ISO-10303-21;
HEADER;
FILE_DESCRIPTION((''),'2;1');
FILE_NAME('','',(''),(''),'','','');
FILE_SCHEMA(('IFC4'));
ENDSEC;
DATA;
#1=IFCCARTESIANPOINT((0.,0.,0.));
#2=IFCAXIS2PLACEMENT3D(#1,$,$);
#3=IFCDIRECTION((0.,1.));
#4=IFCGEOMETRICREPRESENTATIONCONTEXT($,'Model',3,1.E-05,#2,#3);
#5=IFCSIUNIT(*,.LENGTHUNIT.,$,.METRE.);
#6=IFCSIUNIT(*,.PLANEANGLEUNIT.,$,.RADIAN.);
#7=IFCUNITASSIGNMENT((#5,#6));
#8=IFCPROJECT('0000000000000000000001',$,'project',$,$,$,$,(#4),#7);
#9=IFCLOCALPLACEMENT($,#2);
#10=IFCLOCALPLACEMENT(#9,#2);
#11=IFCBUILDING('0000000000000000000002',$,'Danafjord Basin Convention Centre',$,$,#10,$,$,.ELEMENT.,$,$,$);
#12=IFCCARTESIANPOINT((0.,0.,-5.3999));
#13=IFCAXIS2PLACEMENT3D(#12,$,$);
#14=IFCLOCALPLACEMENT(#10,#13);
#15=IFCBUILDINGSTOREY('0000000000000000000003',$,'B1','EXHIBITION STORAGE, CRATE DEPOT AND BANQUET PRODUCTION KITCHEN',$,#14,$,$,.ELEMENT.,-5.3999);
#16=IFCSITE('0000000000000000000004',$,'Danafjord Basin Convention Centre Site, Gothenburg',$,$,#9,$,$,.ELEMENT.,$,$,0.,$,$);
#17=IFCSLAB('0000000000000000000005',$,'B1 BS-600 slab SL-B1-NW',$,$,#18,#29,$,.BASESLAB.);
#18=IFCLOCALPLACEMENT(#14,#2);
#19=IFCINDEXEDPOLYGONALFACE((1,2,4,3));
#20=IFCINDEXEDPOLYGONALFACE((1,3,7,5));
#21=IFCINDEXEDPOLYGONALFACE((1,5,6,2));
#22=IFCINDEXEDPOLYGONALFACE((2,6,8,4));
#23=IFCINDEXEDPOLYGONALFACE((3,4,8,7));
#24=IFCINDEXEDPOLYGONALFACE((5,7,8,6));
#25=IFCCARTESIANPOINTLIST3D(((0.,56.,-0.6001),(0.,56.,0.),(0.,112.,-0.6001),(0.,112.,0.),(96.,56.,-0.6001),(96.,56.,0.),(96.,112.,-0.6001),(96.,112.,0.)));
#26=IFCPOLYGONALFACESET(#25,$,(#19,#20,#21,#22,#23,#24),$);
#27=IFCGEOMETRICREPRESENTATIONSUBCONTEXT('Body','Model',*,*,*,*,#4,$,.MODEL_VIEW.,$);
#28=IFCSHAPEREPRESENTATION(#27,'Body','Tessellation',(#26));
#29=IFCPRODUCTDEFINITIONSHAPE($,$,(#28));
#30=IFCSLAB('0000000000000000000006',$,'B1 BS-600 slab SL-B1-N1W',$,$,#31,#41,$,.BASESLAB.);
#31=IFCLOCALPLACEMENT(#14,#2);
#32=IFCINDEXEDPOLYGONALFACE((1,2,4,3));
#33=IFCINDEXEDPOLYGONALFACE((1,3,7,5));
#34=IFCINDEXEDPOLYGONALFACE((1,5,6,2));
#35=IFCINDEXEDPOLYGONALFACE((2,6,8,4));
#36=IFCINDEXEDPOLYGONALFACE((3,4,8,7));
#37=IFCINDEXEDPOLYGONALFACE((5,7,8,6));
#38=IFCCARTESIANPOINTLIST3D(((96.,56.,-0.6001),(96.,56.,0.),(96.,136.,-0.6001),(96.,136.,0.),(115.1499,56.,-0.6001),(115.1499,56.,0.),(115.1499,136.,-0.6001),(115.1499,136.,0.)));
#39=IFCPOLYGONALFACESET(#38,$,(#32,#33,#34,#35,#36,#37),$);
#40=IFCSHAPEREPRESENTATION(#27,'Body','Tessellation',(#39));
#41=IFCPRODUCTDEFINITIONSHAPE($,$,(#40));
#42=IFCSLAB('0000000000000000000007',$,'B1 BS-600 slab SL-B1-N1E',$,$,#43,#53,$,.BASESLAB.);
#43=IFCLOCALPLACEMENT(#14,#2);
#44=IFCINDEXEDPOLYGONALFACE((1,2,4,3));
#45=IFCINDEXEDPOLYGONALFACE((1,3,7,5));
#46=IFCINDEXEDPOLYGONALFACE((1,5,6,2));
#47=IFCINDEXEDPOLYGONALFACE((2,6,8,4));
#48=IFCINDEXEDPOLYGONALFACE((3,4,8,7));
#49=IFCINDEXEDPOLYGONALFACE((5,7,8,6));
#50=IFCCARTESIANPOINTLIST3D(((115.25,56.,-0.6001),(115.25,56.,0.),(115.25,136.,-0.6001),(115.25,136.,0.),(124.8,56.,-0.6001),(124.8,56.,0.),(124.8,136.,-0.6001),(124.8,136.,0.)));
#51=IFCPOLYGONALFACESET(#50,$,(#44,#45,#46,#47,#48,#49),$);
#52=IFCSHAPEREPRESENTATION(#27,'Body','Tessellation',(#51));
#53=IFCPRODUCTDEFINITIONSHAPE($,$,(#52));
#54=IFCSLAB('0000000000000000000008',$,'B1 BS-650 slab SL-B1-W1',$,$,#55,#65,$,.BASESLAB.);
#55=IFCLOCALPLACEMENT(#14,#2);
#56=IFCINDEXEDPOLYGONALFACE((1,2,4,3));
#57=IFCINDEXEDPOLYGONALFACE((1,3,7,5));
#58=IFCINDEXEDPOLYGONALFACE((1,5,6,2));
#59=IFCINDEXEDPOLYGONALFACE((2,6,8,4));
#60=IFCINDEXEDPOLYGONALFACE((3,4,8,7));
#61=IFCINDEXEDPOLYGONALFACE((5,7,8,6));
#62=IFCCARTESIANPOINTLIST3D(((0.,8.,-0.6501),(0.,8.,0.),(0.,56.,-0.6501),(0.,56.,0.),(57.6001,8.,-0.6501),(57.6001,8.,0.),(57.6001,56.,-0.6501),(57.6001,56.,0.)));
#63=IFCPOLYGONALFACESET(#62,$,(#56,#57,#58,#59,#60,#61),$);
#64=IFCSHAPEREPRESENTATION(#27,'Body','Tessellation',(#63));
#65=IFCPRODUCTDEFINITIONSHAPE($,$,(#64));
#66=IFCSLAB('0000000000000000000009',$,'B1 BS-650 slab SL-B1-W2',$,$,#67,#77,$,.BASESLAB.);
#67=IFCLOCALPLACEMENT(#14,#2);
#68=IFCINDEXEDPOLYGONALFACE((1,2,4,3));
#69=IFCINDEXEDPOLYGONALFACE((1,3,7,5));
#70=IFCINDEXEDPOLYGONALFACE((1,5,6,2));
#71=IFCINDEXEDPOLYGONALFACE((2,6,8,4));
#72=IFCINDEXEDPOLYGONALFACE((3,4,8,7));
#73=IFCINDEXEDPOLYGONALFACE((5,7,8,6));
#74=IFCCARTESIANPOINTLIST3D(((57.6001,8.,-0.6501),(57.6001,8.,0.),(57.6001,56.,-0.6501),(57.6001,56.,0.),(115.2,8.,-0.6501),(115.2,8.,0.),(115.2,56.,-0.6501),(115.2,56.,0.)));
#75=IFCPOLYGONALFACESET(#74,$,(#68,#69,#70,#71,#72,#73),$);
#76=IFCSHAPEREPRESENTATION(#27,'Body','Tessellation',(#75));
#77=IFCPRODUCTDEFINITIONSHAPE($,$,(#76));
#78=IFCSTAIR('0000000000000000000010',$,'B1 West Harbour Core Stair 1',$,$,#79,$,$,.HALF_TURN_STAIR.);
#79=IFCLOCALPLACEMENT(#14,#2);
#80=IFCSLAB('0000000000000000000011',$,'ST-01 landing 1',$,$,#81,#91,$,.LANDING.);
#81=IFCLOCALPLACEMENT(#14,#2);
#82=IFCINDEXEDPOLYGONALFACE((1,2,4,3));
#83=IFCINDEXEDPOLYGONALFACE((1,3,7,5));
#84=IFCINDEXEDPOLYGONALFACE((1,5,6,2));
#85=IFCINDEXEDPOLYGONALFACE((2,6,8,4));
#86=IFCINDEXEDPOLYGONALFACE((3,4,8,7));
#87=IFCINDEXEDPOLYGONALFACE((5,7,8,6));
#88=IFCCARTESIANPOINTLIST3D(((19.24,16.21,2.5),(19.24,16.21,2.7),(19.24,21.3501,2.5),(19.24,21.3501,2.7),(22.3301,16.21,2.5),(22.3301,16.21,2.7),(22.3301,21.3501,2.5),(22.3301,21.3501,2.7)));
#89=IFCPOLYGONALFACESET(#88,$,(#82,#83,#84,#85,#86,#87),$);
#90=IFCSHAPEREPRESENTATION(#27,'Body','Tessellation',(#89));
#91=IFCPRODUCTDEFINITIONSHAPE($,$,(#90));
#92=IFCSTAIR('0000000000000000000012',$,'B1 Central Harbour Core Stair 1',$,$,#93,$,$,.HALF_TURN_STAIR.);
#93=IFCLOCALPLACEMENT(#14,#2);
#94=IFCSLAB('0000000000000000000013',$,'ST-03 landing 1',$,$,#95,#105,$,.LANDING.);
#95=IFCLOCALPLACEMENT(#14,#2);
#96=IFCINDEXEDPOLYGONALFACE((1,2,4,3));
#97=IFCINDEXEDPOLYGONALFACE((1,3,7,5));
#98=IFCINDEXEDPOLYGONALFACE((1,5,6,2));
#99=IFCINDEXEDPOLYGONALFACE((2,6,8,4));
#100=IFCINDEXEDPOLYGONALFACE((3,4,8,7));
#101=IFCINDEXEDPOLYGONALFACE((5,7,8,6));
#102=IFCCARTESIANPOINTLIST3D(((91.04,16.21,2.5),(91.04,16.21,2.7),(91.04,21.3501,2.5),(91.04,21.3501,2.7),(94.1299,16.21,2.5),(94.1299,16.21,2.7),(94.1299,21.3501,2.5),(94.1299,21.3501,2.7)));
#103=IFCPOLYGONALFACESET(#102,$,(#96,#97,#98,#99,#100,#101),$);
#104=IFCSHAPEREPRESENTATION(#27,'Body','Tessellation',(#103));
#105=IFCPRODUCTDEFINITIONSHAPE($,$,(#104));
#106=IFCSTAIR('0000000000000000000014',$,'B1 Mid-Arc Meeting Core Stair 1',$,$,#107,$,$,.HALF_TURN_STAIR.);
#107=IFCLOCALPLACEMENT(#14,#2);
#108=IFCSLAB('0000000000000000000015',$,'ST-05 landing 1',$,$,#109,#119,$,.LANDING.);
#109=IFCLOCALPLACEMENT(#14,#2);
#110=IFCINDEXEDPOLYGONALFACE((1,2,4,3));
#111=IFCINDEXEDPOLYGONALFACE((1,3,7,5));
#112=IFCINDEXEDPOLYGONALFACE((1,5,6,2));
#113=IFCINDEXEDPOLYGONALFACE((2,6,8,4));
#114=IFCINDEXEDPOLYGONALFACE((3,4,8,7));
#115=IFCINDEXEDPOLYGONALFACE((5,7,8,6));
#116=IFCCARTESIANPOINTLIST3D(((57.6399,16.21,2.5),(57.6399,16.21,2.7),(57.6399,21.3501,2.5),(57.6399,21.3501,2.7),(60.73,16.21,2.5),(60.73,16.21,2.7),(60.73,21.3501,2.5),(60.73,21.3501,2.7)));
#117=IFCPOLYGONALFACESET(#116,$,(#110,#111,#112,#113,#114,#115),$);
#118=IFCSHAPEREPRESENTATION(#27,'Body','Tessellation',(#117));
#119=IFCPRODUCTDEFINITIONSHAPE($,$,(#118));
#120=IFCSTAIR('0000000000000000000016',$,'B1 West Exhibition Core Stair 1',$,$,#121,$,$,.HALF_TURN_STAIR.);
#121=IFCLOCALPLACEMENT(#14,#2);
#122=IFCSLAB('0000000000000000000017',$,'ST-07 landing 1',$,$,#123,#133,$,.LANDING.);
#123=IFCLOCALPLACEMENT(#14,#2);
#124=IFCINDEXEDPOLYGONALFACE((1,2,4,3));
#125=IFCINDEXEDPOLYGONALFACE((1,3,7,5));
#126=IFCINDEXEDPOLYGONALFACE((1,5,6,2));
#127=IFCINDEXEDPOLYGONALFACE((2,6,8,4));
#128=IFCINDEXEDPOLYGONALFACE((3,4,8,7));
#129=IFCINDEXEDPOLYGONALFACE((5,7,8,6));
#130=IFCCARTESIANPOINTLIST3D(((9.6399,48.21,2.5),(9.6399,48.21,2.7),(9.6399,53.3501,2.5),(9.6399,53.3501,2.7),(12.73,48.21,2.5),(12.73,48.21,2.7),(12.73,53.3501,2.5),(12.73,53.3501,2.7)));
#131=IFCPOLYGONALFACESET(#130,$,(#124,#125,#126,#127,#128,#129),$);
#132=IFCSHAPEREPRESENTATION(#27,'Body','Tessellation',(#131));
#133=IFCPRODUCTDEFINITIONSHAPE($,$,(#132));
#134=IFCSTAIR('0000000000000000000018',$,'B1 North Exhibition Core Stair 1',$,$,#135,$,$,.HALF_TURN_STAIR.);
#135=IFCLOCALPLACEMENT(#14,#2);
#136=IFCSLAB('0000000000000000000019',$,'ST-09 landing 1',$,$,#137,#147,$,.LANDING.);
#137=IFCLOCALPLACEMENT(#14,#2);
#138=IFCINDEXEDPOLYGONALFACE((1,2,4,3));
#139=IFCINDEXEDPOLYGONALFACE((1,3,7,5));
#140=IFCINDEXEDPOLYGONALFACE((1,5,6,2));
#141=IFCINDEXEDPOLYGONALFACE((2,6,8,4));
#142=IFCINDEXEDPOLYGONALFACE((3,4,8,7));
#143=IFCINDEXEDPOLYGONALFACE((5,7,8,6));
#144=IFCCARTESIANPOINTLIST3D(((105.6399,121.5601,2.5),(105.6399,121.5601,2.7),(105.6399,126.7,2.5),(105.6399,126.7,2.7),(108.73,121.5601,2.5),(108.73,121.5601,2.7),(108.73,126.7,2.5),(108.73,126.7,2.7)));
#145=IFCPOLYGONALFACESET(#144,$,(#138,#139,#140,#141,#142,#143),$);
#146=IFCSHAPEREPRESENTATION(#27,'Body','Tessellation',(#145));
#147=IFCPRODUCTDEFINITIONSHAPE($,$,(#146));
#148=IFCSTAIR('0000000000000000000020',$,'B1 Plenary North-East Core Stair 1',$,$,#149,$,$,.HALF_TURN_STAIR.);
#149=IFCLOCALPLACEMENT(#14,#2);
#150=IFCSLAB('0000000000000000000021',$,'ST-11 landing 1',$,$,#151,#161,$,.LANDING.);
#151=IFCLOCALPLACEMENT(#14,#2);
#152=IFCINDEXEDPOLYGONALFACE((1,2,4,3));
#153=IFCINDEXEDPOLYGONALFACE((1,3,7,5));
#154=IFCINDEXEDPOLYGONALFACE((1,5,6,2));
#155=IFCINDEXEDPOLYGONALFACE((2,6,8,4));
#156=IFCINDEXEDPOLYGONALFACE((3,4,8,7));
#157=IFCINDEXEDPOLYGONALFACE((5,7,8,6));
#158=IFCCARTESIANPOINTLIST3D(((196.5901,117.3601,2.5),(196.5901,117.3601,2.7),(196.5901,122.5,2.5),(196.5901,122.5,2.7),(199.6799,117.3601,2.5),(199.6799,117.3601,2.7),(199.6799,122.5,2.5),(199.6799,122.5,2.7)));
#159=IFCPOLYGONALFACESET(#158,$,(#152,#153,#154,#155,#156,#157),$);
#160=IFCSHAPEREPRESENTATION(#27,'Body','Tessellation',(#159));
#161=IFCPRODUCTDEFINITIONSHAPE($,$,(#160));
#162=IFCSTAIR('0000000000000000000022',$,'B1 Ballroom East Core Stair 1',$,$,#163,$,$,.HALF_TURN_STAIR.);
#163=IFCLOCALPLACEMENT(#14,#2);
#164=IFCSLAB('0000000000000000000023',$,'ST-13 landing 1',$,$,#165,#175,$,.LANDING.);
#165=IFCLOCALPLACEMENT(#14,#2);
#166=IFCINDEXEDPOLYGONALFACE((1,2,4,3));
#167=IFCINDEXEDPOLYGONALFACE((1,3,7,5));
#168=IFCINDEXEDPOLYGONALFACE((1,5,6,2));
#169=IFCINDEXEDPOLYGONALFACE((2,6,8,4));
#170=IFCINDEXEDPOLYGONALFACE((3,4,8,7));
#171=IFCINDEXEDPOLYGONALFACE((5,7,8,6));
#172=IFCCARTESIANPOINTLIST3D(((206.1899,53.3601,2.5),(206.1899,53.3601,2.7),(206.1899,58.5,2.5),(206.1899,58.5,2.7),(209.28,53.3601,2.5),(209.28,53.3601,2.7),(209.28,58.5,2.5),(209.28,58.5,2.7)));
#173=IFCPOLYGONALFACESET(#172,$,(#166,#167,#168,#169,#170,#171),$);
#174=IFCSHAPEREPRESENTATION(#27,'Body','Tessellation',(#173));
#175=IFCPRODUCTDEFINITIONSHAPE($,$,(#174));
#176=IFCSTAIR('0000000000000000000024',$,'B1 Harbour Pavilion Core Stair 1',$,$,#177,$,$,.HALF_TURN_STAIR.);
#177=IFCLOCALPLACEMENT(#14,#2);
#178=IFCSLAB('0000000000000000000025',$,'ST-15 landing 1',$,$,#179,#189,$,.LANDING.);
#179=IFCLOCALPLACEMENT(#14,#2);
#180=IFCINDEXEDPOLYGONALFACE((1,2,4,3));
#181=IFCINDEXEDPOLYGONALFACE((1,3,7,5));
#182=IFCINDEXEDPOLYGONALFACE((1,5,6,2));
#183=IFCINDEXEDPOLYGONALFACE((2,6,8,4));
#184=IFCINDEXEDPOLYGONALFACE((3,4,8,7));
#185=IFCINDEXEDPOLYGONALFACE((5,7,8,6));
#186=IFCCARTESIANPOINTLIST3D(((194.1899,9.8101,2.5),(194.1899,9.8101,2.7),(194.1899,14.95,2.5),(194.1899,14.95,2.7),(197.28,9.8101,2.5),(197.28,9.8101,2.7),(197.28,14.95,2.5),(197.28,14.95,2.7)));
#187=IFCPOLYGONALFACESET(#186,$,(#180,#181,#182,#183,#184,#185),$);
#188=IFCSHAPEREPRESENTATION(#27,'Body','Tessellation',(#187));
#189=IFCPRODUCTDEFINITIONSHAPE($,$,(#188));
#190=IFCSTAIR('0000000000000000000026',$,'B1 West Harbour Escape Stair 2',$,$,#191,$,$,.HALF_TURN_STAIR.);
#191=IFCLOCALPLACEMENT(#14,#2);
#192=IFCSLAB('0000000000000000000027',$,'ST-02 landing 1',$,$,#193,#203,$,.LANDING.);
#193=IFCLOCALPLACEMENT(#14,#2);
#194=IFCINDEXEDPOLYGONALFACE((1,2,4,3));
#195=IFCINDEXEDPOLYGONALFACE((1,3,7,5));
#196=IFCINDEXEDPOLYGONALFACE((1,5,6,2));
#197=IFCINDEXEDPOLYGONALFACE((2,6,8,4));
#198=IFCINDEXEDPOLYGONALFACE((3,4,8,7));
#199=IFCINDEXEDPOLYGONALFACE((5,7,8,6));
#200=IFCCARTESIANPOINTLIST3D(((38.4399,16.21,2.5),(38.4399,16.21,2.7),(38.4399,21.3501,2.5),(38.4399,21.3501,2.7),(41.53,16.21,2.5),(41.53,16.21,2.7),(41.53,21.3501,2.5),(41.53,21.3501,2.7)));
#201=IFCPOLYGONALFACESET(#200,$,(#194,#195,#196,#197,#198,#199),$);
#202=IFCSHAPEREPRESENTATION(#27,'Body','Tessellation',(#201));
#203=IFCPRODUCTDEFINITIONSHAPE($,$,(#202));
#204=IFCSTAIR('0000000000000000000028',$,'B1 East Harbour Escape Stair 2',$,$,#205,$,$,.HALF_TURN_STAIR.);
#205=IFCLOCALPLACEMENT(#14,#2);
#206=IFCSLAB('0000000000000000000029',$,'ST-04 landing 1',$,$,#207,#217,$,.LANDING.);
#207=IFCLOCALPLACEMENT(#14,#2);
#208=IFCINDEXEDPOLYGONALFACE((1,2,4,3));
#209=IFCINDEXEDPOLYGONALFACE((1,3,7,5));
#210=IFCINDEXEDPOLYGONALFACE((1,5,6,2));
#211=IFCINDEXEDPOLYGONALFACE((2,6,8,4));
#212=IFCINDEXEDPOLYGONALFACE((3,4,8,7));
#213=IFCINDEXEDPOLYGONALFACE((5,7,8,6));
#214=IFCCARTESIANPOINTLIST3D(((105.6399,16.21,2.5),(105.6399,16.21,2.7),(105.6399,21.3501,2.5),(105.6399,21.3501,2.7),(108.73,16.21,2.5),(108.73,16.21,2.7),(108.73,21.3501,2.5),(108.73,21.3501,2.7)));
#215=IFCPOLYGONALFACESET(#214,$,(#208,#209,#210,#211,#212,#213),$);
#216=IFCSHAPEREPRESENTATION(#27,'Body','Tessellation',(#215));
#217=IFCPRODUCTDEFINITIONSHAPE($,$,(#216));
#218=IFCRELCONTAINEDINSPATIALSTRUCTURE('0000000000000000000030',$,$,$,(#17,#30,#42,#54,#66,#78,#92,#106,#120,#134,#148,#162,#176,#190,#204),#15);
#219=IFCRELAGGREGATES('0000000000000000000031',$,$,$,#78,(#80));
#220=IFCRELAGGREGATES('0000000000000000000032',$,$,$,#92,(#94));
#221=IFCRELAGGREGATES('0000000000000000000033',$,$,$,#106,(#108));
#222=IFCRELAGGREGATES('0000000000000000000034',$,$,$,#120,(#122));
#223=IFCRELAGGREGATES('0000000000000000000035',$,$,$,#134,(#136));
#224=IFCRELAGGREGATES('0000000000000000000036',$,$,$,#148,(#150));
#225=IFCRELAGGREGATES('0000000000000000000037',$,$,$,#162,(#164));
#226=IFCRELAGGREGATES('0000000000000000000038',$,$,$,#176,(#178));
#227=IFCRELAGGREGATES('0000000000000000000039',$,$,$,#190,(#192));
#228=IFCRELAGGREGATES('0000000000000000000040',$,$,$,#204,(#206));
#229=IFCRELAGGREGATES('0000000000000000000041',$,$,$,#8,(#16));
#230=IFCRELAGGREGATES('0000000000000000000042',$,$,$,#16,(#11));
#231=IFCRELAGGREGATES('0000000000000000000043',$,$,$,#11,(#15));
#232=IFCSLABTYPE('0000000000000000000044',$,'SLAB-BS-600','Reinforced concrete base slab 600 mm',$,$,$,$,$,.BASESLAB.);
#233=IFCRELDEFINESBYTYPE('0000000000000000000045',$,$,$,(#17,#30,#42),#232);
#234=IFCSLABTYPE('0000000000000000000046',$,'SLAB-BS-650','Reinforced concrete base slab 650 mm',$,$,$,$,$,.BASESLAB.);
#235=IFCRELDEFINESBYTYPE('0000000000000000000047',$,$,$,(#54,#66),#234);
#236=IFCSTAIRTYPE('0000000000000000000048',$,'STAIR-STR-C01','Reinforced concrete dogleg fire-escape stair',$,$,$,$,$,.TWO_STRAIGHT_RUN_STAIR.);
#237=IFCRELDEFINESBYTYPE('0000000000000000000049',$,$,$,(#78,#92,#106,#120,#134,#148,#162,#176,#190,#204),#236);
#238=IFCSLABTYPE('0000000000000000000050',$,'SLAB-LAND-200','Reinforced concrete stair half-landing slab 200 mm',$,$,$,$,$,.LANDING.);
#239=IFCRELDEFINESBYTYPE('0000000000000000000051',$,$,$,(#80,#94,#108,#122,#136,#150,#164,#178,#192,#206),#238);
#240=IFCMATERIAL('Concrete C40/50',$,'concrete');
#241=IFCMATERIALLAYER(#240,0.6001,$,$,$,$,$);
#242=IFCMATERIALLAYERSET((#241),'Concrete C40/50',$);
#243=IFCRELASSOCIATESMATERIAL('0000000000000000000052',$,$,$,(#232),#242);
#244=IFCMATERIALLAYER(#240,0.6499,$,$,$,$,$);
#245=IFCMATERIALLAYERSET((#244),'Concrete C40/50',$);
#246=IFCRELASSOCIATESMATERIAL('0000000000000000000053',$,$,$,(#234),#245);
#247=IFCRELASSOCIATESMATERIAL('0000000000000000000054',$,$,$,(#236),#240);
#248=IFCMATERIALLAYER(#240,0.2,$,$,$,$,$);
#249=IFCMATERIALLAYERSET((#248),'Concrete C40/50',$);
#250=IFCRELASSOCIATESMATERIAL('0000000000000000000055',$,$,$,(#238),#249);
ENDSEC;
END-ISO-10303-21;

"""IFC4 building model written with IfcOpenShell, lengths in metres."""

from ifc_helpers import new_model, si_unit, direction, frame, origin, place, context, subcontext, project, spatial, polyline, outline, extrude, material, layer, layer_set, type_object, element, aggregate, save


model = new_model("IFC4")

# Units and contexts
model_context = context("Model", 3, precision=1e-05, world=origin(), true_north=direction((0.0, 1.0)))
body_context = subcontext(model_context, "Body", "Model", "MODEL_VIEW")
ifc_project = project(units=[si_unit("LENGTHUNIT", "METRE"), si_unit("PLANEANGLEUNIT", "RADIAN")], contexts=[model_context])

# Site, building, storey
site_placement = place(None, origin())
site = spatial("IfcSite", under=ifc_project, at=site_placement, Name="Danafjord Basin Convention Centre Site, Gothenburg", CompositionType="ELEMENT", RefElevation=0.0)
building_placement = place(site_placement, origin())
building = spatial("IfcBuilding", under=site, at=building_placement, Name="Danafjord Basin Convention Centre", CompositionType="ELEMENT")
storey_placement = place(building_placement, frame((0.0, 0.0, -5.3999)))
storey = spatial("IfcBuildingStorey", under=building, at=storey_placement, Name="B1", Description="EXHIBITION STORAGE, CRATE DEPOT AND BANQUET PRODUCTION KITCHEN", CompositionType="ELEMENT", Elevation=-5.3999)

# Shared definitions
ifc_material_1 = material(Name="Concrete C40/50", Category="concrete")

# Slabs
ifc_layer_1 = layer(ifc_material_1, 0.6001)
ifc_layer_set_1 = layer_set([ifc_layer_1], Name="Concrete C40/50")
slab_type_1 = type_object("IfcSlabType", Name="SLAB-BS-600", Description="Reinforced concrete base slab 600 mm", PredefinedType="BASESLAB", material=ifc_layer_set_1)
slab_1_placement = place(storey_placement, frame((0.0, 0.0, -0.6001)))
element("IfcSlab", 1, at=slab_1_placement, inside=storey, type_object=slab_type_1, Name="B1 BS-600 slab SL-B1-NW", PredefinedType="BASESLAB", context=body_context, shape_type="SweptSolid", body=[
    extrude(outline(polyline([(0.0, 56.0), (0.0, 112.0), (96.0, 112.0), (96.0, 56.0), (0.0, 56.0)])), origin(), (0.0, 0.0, 1.0), 0.6001),
])
slab_2_placement = place(storey_placement, frame((0.0, 0.0, -0.6001)))
element("IfcSlab", 2, at=slab_2_placement, inside=storey, type_object=slab_type_1, Name="B1 BS-600 slab SL-B1-N1W", PredefinedType="BASESLAB", context=body_context, shape_type="SweptSolid", body=[
    extrude(outline(polyline([(96.0, 56.0), (96.0, 136.0), (115.1499, 136.0), (115.1499, 56.0), (96.0, 56.0)])), origin(), (0.0, 0.0, 1.0), 0.6001),
])
slab_3_placement = place(storey_placement, frame((0.0, 0.0, -0.6001)))
element("IfcSlab", 3, at=slab_3_placement, inside=storey, type_object=slab_type_1, Name="B1 BS-600 slab SL-B1-N1E", PredefinedType="BASESLAB", context=body_context, shape_type="SweptSolid", body=[
    extrude(outline(polyline([(115.25, 56.0), (115.25, 136.0), (124.8, 136.0), (124.8, 56.0), (115.25, 56.0)])), origin(), (0.0, 0.0, 1.0), 0.6001),
])
ifc_layer_2 = layer(ifc_material_1, 0.6499)
ifc_layer_set_2 = layer_set([ifc_layer_2], Name="Concrete C40/50")
slab_type_2 = type_object("IfcSlabType", Name="SLAB-BS-650", Description="Reinforced concrete base slab 650 mm", PredefinedType="BASESLAB", material=ifc_layer_set_2)
slab_4_placement = place(storey_placement, frame((0.0, 0.0, -0.6501)))
element("IfcSlab", 4, at=slab_4_placement, inside=storey, type_object=slab_type_2, Name="B1 BS-650 slab SL-B1-W1", PredefinedType="BASESLAB", context=body_context, shape_type="SweptSolid", body=[
    extrude(outline(polyline([(0.0, 8.0), (0.0, 56.0), (57.6001, 56.0), (57.6001, 8.0), (0.0, 8.0)])), origin(), (0.0, 0.0, 1.0), 0.6501),
])
slab_5_placement = place(storey_placement, frame((0.0, 0.0, -0.6501)))
element("IfcSlab", 5, at=slab_5_placement, inside=storey, type_object=slab_type_2, Name="B1 BS-650 slab SL-B1-W2", PredefinedType="BASESLAB", context=body_context, shape_type="SweptSolid", body=[
    extrude(outline(polyline([(57.6001, 8.0), (57.6001, 56.0), (115.2, 56.0), (115.2, 8.0), (57.6001, 8.0)])), origin(), (0.0, 0.0, 1.0), 0.6501),
])

# Stairs, slabs
stair_type = type_object("IfcStairType", Name="STAIR-STR-C01", Description="Reinforced concrete dogleg fire-escape stair", PredefinedType="TWO_STRAIGHT_RUN_STAIR", material=ifc_material_1)
stair_1_placement = place(storey_placement, origin())
stair_1 = element("IfcStair", 6, at=stair_1_placement, inside=storey, type_object=stair_type, Name="B1 West Harbour Core Stair 1", PredefinedType="HALF_TURN_STAIR")
ifc_layer_3 = layer(ifc_material_1, 0.2)
ifc_layer_set_3 = layer_set([ifc_layer_3], Name="Concrete C40/50")
slab_type_3 = type_object("IfcSlabType", Name="SLAB-LAND-200", Description="Reinforced concrete stair half-landing slab 200 mm", PredefinedType="LANDING", material=ifc_layer_set_3)
slab_6_placement = place(storey_placement, frame((0.0, 0.0, 2.5)))
slab_6 = element("IfcSlab", 7, at=slab_6_placement, type_object=slab_type_3, Name="ST-01 landing 1", PredefinedType="LANDING", context=body_context, shape_type="SweptSolid", body=[
    extrude(outline(polyline([(19.24, 16.21), (22.3301, 16.21), (22.3301, 21.3501), (19.24, 21.3501), (19.24, 16.21)])), origin(), (0.0, 0.0, 1.0), 0.2),
])
aggregate(stair_1, [slab_6])
stair_2_placement = place(storey_placement, origin())
stair_2 = element("IfcStair", 8, at=stair_2_placement, inside=storey, type_object=stair_type, Name="B1 Central Harbour Core Stair 1", PredefinedType="HALF_TURN_STAIR")
slab_7_placement = place(storey_placement, frame((0.0, 0.0, 2.5)))
slab_7 = element("IfcSlab", 9, at=slab_7_placement, type_object=slab_type_3, Name="ST-03 landing 1", PredefinedType="LANDING", context=body_context, shape_type="SweptSolid", body=[
    extrude(outline(polyline([(91.04, 16.21), (94.1299, 16.21), (94.1299, 21.3501), (91.04, 21.3501), (91.04, 16.21)])), origin(), (0.0, 0.0, 1.0), 0.2),
])
aggregate(stair_2, [slab_7])
stair_3_placement = place(storey_placement, origin())
stair_3 = element("IfcStair", 10, at=stair_3_placement, inside=storey, type_object=stair_type, Name="B1 Mid-Arc Meeting Core Stair 1", PredefinedType="HALF_TURN_STAIR")
slab_8_placement = place(storey_placement, frame((0.0, 0.0, 2.5)))
slab_8 = element("IfcSlab", 11, at=slab_8_placement, type_object=slab_type_3, Name="ST-05 landing 1", PredefinedType="LANDING", context=body_context, shape_type="SweptSolid", body=[
    extrude(outline(polyline([(57.6399, 16.21), (60.73, 16.21), (60.73, 21.3501), (57.6399, 21.3501), (57.6399, 16.21)])), origin(), (0.0, 0.0, 1.0), 0.2),
])
aggregate(stair_3, [slab_8])
stair_4_placement = place(storey_placement, origin())
stair_4 = element("IfcStair", 12, at=stair_4_placement, inside=storey, type_object=stair_type, Name="B1 West Exhibition Core Stair 1", PredefinedType="HALF_TURN_STAIR")
slab_9_placement = place(storey_placement, frame((0.0, 0.0, 2.5)))
slab_9 = element("IfcSlab", 13, at=slab_9_placement, type_object=slab_type_3, Name="ST-07 landing 1", PredefinedType="LANDING", context=body_context, shape_type="SweptSolid", body=[
    extrude(outline(polyline([(9.6399, 48.21), (12.73, 48.21), (12.73, 53.3501), (9.6399, 53.3501), (9.6399, 48.21)])), origin(), (0.0, 0.0, 1.0), 0.2),
])
aggregate(stair_4, [slab_9])
stair_5_placement = place(storey_placement, origin())
stair_5 = element("IfcStair", 14, at=stair_5_placement, inside=storey, type_object=stair_type, Name="B1 North Exhibition Core Stair 1", PredefinedType="HALF_TURN_STAIR")
slab_10_placement = place(storey_placement, frame((0.0, 0.0, 2.5)))
slab_10 = element("IfcSlab", 15, at=slab_10_placement, type_object=slab_type_3, Name="ST-09 landing 1", PredefinedType="LANDING", context=body_context, shape_type="SweptSolid", body=[
    extrude(outline(polyline([(105.6399, 121.5601), (108.73, 121.5601), (108.73, 126.7), (105.6399, 126.7), (105.6399, 121.5601)])), origin(), (0.0, 0.0, 1.0), 0.2),
])
aggregate(stair_5, [slab_10])
stair_6_placement = place(storey_placement, origin())
stair_6 = element("IfcStair", 16, at=stair_6_placement, inside=storey, type_object=stair_type, Name="B1 Plenary North-East Core Stair 1", PredefinedType="HALF_TURN_STAIR")
slab_11_placement = place(storey_placement, frame((0.0, 0.0, 2.5)))
slab_11 = element("IfcSlab", 17, at=slab_11_placement, type_object=slab_type_3, Name="ST-11 landing 1", PredefinedType="LANDING", context=body_context, shape_type="SweptSolid", body=[
    extrude(outline(polyline([(196.5901, 117.3601), (199.6799, 117.3601), (199.6799, 122.5), (196.5901, 122.5), (196.5901, 117.3601)])), origin(), (0.0, 0.0, 1.0), 0.2),
])
aggregate(stair_6, [slab_11])
stair_7_placement = place(storey_placement, origin())
stair_7 = element("IfcStair", 18, at=stair_7_placement, inside=storey, type_object=stair_type, Name="B1 Ballroom East Core Stair 1", PredefinedType="HALF_TURN_STAIR")
slab_12_placement = place(storey_placement, frame((0.0, 0.0, 2.5)))
slab_12 = element("IfcSlab", 19, at=slab_12_placement, type_object=slab_type_3, Name="ST-13 landing 1", PredefinedType="LANDING", context=body_context, shape_type="SweptSolid", body=[
    extrude(outline(polyline([(206.1899, 53.3601), (209.28, 53.3601), (209.28, 58.5), (206.1899, 58.5), (206.1899, 53.3601)])), origin(), (0.0, 0.0, 1.0), 0.2),
])
aggregate(stair_7, [slab_12])
stair_8_placement = place(storey_placement, origin())
stair_8 = element("IfcStair", 20, at=stair_8_placement, inside=storey, type_object=stair_type, Name="B1 Harbour Pavilion Core Stair 1", PredefinedType="HALF_TURN_STAIR")
slab_13_placement = place(storey_placement, frame((0.0, 0.0, 2.5)))
slab_13 = element("IfcSlab", 21, at=slab_13_placement, type_object=slab_type_3, Name="ST-15 landing 1", PredefinedType="LANDING", context=body_context, shape_type="SweptSolid", body=[
    extrude(outline(polyline([(194.1899, 9.8101), (197.28, 9.8101), (197.28, 14.95), (194.1899, 14.95), (194.1899, 9.8101)])), origin(), (0.0, 0.0, 1.0), 0.2),
])
aggregate(stair_8, [slab_13])
stair_9_placement = place(storey_placement, origin())
stair_9 = element("IfcStair", 22, at=stair_9_placement, inside=storey, type_object=stair_type, Name="B1 West Harbour Escape Stair 2", PredefinedType="HALF_TURN_STAIR")
slab_14_placement = place(storey_placement, frame((0.0, 0.0, 2.5)))
slab_14 = element("IfcSlab", 23, at=slab_14_placement, type_object=slab_type_3, Name="ST-02 landing 1", PredefinedType="LANDING", context=body_context, shape_type="SweptSolid", body=[
    extrude(outline(polyline([(38.4399, 16.21), (41.53, 16.21), (41.53, 21.3501), (38.4399, 21.3501), (38.4399, 16.21)])), origin(), (0.0, 0.0, 1.0), 0.2),
])
aggregate(stair_9, [slab_14])
stair_10_placement = place(storey_placement, origin())
stair_10 = element("IfcStair", 24, at=stair_10_placement, inside=storey, type_object=stair_type, Name="B1 East Harbour Escape Stair 2", PredefinedType="HALF_TURN_STAIR")
slab_15_placement = place(storey_placement, frame((0.0, 0.0, 2.5)))
slab_15 = element("IfcSlab", 25, at=slab_15_placement, type_object=slab_type_3, Name="ST-04 landing 1", PredefinedType="LANDING", context=body_context, shape_type="SweptSolid", body=[
    extrude(outline(polyline([(105.6399, 16.21), (108.73, 16.21), (108.73, 21.3501), (105.6399, 21.3501), (105.6399, 16.21)])), origin(), (0.0, 0.0, 1.0), 0.2),
])
aggregate(stair_10, [slab_15])

save(model, "model.ifc")
